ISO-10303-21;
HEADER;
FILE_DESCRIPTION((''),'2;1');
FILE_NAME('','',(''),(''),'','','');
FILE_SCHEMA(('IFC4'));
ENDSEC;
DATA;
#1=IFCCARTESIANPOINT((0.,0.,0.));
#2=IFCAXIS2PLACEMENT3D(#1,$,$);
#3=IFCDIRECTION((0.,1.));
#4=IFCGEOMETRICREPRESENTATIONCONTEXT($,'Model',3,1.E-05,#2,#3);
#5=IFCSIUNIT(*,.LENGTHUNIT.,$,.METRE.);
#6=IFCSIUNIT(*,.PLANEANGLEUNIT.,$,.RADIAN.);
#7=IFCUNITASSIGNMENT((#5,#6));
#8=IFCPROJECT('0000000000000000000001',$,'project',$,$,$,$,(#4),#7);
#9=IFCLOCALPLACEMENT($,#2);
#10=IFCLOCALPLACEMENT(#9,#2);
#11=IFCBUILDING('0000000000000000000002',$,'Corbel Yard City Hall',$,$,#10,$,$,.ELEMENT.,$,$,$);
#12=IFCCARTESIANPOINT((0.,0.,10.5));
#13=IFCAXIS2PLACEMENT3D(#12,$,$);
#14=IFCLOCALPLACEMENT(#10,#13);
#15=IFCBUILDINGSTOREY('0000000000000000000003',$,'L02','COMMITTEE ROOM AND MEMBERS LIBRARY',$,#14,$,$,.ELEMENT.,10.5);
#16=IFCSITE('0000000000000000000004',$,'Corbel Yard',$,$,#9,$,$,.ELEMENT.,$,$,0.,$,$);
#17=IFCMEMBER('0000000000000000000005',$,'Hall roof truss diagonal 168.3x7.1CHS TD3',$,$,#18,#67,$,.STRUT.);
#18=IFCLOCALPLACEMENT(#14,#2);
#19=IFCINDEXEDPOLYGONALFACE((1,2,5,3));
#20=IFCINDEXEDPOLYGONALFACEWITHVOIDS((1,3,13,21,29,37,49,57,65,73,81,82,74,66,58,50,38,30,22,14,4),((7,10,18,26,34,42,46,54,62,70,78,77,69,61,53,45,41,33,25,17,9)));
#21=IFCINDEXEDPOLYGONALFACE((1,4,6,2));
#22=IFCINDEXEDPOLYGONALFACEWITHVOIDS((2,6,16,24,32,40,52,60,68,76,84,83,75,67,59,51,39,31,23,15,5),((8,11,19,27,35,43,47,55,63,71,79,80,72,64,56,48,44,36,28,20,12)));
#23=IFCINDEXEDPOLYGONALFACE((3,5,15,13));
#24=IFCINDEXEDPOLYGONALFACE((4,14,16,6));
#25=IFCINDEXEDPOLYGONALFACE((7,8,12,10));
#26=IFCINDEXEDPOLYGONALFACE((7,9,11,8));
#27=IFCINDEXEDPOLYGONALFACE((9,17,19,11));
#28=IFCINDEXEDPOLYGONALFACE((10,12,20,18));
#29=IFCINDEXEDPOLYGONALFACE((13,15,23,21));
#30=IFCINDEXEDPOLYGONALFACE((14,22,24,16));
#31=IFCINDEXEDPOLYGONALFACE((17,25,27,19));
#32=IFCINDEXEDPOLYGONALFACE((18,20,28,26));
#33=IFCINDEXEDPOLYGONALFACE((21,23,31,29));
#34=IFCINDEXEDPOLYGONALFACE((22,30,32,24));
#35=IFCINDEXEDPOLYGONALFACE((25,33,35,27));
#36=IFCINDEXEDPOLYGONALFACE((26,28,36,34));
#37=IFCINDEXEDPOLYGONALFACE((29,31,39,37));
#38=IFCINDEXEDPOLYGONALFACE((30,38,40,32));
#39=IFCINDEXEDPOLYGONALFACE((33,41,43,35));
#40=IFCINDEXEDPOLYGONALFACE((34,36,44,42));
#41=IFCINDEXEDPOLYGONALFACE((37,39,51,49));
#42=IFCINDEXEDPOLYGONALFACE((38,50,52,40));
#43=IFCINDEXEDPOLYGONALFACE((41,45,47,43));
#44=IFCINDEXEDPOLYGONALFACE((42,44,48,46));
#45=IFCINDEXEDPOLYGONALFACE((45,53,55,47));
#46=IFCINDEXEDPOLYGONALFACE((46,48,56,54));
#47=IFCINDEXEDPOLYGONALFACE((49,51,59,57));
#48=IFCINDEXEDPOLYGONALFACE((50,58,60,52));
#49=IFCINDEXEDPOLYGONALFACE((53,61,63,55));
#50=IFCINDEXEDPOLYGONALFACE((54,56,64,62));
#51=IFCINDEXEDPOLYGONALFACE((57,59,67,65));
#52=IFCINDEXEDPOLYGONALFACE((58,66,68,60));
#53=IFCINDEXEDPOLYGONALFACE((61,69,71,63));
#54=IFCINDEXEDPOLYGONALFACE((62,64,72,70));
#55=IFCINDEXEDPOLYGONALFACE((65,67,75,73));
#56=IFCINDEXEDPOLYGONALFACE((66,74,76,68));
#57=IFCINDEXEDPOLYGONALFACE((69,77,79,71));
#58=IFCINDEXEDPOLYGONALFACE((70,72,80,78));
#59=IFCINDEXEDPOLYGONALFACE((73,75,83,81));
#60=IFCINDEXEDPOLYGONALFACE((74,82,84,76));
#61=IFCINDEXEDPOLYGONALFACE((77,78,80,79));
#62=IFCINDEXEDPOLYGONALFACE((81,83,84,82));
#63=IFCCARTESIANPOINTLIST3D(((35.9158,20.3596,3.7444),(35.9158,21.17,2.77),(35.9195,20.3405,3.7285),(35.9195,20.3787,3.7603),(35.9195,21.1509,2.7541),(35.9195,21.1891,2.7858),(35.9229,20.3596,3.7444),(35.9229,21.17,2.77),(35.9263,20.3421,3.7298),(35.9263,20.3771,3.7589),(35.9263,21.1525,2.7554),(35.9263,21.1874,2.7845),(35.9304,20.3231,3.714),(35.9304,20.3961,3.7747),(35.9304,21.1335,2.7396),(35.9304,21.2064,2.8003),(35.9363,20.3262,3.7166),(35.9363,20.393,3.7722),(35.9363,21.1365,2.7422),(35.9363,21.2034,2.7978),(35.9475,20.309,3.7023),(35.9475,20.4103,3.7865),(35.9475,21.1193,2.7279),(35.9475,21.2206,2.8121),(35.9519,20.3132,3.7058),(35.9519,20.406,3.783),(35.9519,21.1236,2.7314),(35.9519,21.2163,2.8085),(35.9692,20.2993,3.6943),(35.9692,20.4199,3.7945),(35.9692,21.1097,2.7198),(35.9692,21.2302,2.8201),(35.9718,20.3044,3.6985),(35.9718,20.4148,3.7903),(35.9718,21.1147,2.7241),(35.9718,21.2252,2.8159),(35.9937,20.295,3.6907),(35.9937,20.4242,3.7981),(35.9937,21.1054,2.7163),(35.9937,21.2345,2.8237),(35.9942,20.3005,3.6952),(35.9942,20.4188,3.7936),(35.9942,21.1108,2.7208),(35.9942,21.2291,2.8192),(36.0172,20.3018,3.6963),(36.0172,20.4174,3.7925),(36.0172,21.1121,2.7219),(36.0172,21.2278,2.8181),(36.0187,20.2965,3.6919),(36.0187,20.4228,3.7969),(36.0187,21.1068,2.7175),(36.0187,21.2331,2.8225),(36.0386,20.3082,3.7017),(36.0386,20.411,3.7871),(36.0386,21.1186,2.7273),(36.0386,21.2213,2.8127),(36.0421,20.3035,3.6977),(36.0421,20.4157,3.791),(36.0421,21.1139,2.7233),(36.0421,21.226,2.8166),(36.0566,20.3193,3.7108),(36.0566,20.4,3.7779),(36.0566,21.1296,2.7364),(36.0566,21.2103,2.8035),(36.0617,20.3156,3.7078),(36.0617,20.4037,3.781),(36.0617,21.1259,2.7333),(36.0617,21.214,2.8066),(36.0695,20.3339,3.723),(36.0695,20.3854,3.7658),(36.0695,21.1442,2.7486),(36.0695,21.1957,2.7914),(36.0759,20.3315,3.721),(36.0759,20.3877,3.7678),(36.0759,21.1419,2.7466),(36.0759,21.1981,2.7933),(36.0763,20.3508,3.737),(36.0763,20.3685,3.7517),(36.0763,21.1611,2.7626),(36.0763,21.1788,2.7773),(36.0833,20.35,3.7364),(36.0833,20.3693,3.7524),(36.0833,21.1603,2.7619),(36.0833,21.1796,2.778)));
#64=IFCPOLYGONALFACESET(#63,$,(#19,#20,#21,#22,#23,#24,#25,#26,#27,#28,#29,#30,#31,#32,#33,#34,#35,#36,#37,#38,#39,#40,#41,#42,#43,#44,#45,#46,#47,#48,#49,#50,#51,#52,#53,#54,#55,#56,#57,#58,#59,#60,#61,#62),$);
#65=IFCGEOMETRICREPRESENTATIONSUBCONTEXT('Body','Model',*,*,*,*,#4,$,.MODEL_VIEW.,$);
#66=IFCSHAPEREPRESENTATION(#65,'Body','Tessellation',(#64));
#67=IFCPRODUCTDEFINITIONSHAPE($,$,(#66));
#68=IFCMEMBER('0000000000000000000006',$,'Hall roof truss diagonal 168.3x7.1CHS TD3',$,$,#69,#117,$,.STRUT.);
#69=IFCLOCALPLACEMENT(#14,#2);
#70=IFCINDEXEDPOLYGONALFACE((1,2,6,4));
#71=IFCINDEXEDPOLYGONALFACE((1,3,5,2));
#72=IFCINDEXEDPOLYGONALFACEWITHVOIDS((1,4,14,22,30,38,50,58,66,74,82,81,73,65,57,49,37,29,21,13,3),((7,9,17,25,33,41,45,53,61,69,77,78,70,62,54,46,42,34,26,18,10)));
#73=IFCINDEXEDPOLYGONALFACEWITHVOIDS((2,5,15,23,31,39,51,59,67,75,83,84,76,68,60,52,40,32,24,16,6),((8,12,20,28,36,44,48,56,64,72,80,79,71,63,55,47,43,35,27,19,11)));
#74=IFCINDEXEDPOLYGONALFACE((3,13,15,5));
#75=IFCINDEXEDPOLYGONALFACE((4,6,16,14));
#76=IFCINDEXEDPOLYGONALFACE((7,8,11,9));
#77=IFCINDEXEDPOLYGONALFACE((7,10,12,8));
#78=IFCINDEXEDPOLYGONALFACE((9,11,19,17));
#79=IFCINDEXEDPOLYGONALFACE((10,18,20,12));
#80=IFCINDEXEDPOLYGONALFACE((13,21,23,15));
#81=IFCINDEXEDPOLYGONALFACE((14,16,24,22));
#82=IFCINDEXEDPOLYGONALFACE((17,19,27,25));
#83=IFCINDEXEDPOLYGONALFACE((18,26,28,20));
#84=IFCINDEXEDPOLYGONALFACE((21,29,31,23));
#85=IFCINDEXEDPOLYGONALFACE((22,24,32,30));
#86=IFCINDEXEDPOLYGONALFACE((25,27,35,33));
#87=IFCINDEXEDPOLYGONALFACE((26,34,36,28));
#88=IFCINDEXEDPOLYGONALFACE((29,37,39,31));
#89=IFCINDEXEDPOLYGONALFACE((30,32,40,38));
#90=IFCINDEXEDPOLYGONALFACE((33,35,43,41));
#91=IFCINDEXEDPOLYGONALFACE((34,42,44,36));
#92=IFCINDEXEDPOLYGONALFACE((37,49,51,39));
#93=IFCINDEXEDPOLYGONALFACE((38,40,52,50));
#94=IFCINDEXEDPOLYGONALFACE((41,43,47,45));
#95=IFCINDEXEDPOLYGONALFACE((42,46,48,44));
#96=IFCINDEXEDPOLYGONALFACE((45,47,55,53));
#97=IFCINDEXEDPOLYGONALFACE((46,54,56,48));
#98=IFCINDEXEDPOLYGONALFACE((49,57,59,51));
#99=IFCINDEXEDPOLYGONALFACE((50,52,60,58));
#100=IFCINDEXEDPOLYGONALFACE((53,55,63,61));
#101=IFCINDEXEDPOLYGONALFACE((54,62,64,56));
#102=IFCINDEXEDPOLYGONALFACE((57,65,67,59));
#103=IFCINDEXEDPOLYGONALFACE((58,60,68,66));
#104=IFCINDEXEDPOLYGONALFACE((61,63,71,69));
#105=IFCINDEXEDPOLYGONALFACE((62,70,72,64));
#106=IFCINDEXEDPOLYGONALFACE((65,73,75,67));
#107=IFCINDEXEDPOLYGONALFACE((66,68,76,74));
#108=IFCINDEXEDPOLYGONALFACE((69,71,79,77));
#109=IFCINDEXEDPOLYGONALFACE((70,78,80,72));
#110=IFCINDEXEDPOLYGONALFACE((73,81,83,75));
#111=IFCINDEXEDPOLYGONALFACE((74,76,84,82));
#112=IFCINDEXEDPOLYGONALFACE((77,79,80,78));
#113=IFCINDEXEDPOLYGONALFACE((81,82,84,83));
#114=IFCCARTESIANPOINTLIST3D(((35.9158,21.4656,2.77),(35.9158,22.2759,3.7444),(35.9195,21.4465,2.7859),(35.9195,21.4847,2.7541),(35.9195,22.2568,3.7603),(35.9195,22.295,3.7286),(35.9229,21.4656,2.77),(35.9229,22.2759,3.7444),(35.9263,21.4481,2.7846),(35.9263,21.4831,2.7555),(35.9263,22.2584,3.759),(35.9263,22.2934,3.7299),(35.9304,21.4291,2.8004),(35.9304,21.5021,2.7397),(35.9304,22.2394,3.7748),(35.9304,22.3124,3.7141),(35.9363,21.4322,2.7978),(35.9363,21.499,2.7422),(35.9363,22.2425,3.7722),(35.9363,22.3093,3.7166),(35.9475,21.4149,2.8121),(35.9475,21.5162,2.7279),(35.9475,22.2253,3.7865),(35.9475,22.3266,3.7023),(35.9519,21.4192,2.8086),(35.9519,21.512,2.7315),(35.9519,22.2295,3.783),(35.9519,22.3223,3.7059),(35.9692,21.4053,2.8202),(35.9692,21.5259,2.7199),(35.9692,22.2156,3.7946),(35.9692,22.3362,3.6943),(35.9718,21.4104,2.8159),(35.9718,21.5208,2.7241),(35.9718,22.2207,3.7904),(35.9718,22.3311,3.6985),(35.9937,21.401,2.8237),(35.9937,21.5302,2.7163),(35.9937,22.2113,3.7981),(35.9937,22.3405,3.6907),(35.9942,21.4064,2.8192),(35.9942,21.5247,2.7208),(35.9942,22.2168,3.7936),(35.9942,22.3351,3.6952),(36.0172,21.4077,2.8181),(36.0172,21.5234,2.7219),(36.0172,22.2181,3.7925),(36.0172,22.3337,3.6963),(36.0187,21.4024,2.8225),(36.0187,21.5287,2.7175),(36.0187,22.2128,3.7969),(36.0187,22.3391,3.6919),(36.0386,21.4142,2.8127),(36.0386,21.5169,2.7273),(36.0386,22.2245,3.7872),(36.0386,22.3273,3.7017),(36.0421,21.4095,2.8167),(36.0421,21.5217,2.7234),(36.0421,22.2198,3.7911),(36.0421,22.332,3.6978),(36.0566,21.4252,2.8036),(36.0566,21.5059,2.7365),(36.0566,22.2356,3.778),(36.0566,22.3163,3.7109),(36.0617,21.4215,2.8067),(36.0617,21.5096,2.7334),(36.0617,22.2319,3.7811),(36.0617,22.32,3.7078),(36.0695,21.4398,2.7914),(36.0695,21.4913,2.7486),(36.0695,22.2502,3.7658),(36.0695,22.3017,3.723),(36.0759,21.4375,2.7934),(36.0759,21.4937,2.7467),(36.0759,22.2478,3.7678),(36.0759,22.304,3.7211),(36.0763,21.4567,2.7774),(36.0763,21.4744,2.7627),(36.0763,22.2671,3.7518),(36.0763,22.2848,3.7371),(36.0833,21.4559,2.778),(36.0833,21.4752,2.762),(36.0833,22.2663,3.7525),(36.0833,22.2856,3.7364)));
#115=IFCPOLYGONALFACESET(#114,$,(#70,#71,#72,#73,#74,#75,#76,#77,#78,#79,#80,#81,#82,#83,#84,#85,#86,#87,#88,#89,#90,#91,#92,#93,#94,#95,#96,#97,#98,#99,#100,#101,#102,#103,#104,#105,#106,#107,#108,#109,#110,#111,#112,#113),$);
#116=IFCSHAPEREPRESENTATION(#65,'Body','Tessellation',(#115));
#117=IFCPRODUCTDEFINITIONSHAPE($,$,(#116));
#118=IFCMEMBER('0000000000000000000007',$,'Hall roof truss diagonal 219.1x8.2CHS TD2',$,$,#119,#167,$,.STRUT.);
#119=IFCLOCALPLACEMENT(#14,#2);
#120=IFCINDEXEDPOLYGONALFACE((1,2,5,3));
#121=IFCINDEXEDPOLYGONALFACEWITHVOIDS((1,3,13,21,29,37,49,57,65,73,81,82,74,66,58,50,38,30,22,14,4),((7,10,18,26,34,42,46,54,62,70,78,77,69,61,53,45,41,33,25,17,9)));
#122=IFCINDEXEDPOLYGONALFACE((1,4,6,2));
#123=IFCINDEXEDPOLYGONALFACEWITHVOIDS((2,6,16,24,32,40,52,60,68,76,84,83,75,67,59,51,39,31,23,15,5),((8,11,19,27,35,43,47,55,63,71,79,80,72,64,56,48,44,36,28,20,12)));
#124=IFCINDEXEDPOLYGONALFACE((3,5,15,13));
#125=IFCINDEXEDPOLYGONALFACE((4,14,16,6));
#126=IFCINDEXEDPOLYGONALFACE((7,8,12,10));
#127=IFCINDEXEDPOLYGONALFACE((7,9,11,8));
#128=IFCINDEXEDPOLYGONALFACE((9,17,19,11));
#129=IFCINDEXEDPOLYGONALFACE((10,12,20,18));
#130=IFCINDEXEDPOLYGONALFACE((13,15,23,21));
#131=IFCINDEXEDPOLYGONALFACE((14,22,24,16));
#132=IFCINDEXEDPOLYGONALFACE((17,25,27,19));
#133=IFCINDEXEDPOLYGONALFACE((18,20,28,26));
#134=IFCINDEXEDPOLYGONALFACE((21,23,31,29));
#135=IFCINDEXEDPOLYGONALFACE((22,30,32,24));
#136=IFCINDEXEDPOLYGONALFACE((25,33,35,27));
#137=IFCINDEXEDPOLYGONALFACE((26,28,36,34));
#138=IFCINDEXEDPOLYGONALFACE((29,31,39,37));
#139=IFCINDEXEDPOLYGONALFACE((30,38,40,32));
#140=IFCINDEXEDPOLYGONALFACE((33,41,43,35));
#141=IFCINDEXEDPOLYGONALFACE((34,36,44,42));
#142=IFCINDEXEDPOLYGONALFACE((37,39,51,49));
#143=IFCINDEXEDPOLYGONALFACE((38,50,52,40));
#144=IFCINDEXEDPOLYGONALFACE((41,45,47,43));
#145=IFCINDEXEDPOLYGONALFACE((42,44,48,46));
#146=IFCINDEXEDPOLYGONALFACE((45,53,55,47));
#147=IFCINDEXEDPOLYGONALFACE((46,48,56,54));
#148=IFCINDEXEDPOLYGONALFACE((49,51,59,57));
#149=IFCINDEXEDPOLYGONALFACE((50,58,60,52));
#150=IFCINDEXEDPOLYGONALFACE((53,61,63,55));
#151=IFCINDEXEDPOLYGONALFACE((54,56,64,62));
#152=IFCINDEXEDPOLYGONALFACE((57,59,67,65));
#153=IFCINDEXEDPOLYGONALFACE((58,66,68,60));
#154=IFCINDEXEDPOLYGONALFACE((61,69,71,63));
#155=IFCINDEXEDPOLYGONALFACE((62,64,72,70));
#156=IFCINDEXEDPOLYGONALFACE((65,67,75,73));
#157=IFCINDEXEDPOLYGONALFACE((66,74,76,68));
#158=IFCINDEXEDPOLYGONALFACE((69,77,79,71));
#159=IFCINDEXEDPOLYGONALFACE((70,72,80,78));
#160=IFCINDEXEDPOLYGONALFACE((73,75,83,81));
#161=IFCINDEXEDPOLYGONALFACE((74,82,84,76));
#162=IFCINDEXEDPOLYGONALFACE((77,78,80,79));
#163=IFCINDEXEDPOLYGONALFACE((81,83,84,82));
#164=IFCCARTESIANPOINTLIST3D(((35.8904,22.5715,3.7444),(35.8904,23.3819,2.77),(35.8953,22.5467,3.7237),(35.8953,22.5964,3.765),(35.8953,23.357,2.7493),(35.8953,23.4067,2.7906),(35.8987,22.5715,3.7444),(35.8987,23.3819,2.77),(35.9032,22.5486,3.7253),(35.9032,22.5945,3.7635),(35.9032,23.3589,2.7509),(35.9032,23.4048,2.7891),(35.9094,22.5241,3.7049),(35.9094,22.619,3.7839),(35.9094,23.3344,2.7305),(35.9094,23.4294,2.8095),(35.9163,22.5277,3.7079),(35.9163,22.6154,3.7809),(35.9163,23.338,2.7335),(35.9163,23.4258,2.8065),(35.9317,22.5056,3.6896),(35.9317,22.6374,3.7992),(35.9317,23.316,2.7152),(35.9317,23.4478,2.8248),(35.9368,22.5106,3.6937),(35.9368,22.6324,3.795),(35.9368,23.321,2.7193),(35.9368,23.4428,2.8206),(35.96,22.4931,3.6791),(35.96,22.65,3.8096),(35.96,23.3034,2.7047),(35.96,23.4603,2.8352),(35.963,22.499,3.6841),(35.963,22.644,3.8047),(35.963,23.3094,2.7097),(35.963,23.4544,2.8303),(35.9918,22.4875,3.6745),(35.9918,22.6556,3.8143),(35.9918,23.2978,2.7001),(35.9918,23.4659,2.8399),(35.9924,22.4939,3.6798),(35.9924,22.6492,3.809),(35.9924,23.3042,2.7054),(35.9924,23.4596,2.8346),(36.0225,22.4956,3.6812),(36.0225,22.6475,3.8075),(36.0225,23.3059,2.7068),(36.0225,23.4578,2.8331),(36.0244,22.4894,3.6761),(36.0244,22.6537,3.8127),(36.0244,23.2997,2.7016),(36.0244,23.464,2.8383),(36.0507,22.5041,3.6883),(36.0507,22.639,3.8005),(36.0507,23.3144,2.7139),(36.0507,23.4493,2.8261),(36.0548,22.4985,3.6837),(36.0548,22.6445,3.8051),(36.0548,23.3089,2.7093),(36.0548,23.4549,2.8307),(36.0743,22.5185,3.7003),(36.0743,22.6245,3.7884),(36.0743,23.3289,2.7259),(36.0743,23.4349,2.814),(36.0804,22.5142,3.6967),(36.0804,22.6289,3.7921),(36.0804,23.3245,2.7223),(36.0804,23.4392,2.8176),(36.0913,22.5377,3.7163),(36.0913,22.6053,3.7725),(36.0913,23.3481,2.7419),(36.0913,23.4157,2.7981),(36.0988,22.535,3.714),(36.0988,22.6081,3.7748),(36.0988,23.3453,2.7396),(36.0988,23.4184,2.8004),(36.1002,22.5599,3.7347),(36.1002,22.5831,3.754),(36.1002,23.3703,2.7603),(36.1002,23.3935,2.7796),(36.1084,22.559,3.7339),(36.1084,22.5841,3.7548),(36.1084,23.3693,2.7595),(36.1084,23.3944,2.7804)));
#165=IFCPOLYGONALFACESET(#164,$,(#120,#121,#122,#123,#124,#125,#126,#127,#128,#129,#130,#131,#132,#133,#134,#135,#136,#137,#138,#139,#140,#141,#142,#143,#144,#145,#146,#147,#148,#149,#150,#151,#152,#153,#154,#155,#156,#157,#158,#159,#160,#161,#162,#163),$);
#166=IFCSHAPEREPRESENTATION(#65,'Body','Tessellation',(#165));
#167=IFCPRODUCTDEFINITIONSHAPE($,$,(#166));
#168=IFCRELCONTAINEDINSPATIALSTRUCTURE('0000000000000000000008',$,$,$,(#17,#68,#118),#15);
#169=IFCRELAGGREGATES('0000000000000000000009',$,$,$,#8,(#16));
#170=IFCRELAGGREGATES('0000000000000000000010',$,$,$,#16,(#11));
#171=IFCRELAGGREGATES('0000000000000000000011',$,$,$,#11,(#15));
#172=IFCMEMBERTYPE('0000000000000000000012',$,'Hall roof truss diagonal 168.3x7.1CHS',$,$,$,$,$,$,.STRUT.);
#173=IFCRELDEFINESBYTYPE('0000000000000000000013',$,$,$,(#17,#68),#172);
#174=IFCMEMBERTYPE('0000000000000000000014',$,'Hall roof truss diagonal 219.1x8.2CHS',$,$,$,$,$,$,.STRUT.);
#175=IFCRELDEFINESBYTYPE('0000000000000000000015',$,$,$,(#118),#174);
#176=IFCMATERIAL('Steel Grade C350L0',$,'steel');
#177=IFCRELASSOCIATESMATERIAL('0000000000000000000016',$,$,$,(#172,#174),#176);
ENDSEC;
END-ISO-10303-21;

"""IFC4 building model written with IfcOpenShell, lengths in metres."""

from ifc_helpers import new_model, si_unit, direction, frame, origin, origin_2d, place, context, subcontext, project, spatial, hollow_circle, extrude, material, material_profile, profile_set, type_object, element, save


model = new_model("IFC4")

# Units and contexts
model_context = context("Model", 3, precision=1e-05, world=origin(), true_north=direction((0.0, 1.0)))
body_context = subcontext(model_context, "Body", "Model", "MODEL_VIEW")
ifc_project = project(units=[si_unit("LENGTHUNIT", "METRE"), si_unit("PLANEANGLEUNIT", "RADIAN")], contexts=[model_context])

# Site, building, storey
site_placement = place(None, origin())
site = spatial("IfcSite", under=ifc_project, at=site_placement, Name="Corbel Yard", CompositionType="ELEMENT", RefElevation=0.0)
building_placement = place(site_placement, origin())
building = spatial("IfcBuilding", under=site, at=building_placement, Name="Corbel Yard City Hall", CompositionType="ELEMENT")
storey_placement = place(building_placement, frame((0.0, 0.0, 10.5)))
storey = spatial("IfcBuildingStorey", under=building, at=storey_placement, Name="L02", Description="COMMITTEE ROOM AND MEMBERS LIBRARY", CompositionType="ELEMENT", Elevation=10.5)

# Members
ifc_material_1 = material(Name="Steel Grade C350L0", Category="steel")
ifc_material_profile_1 = material_profile(ifc_material_1, hollow_circle(Radius=0.0842, WallThickness=0.0071, at=origin_2d()), Name="168.3x7.1CHS")
ifc_profile_set_1 = profile_set([ifc_material_profile_1], Name="Steel Grade C350L0")
member_type_1 = type_object("IfcMemberType", Name="Hall roof truss diagonal 168.3x7.1CHS", PredefinedType="STRUT", material=ifc_profile_set_1)
for number, where, z_axis, x_axis, name in (
    (1, (36.0, 20.3596, 3.7444), (0.0, 0.639407, -0.768868), (-1.0, 0.0, 0.0), "Hall roof truss diagonal 168.3x7.1CHS TD3"),
    (2, (36.0, 21.4656, 2.77), (0.0, 0.639407, 0.768868), (-1.0, 0.0, 0.0), "Hall roof truss diagonal 168.3x7.1CHS TD3"),
):
    element("IfcMember", number, at=place(storey_placement, frame(where, z_axis=z_axis, x_axis=x_axis)), inside=storey, type_object=member_type_1, Name=name, PredefinedType="STRUT", context=body_context, shape_type="SweptSolid", body=[
        extrude(hollow_circle(Radius=0.0842, WallThickness=0.0071, at=origin_2d()), origin(), (0.0, 0.0, 1.0), 1.2673),
    ])
ifc_material_profile_2 = material_profile(ifc_material_1, hollow_circle(Radius=0.1096, WallThickness=0.0083, at=origin_2d()), Name="219.1x8.2CHS")
ifc_profile_set_2 = profile_set([ifc_material_profile_2], Name="Steel Grade C350L0")
member_type_2 = type_object("IfcMemberType", Name="Hall roof truss diagonal 219.1x8.2CHS", PredefinedType="STRUT", material=ifc_profile_set_2)
for number, where, z_axis, x_axis, name in (
    (3, (36.0, 22.5715, 3.7444), (0.0, 0.639407, -0.768868), (-1.0, 0.0, 0.0), "Hall roof truss diagonal 219.1x8.2CHS TD2"),
):
    element("IfcMember", number, at=place(storey_placement, frame(where, z_axis=z_axis, x_axis=x_axis)), inside=storey, type_object=member_type_2, Name=name, PredefinedType="STRUT", context=body_context, shape_type="SweptSolid", body=[
        extrude(hollow_circle(Radius=0.1096, WallThickness=0.0083, at=origin_2d()), origin(), (0.0, 0.0, 1.0), 1.2673),
    ])

save(model, "model.ifc")
